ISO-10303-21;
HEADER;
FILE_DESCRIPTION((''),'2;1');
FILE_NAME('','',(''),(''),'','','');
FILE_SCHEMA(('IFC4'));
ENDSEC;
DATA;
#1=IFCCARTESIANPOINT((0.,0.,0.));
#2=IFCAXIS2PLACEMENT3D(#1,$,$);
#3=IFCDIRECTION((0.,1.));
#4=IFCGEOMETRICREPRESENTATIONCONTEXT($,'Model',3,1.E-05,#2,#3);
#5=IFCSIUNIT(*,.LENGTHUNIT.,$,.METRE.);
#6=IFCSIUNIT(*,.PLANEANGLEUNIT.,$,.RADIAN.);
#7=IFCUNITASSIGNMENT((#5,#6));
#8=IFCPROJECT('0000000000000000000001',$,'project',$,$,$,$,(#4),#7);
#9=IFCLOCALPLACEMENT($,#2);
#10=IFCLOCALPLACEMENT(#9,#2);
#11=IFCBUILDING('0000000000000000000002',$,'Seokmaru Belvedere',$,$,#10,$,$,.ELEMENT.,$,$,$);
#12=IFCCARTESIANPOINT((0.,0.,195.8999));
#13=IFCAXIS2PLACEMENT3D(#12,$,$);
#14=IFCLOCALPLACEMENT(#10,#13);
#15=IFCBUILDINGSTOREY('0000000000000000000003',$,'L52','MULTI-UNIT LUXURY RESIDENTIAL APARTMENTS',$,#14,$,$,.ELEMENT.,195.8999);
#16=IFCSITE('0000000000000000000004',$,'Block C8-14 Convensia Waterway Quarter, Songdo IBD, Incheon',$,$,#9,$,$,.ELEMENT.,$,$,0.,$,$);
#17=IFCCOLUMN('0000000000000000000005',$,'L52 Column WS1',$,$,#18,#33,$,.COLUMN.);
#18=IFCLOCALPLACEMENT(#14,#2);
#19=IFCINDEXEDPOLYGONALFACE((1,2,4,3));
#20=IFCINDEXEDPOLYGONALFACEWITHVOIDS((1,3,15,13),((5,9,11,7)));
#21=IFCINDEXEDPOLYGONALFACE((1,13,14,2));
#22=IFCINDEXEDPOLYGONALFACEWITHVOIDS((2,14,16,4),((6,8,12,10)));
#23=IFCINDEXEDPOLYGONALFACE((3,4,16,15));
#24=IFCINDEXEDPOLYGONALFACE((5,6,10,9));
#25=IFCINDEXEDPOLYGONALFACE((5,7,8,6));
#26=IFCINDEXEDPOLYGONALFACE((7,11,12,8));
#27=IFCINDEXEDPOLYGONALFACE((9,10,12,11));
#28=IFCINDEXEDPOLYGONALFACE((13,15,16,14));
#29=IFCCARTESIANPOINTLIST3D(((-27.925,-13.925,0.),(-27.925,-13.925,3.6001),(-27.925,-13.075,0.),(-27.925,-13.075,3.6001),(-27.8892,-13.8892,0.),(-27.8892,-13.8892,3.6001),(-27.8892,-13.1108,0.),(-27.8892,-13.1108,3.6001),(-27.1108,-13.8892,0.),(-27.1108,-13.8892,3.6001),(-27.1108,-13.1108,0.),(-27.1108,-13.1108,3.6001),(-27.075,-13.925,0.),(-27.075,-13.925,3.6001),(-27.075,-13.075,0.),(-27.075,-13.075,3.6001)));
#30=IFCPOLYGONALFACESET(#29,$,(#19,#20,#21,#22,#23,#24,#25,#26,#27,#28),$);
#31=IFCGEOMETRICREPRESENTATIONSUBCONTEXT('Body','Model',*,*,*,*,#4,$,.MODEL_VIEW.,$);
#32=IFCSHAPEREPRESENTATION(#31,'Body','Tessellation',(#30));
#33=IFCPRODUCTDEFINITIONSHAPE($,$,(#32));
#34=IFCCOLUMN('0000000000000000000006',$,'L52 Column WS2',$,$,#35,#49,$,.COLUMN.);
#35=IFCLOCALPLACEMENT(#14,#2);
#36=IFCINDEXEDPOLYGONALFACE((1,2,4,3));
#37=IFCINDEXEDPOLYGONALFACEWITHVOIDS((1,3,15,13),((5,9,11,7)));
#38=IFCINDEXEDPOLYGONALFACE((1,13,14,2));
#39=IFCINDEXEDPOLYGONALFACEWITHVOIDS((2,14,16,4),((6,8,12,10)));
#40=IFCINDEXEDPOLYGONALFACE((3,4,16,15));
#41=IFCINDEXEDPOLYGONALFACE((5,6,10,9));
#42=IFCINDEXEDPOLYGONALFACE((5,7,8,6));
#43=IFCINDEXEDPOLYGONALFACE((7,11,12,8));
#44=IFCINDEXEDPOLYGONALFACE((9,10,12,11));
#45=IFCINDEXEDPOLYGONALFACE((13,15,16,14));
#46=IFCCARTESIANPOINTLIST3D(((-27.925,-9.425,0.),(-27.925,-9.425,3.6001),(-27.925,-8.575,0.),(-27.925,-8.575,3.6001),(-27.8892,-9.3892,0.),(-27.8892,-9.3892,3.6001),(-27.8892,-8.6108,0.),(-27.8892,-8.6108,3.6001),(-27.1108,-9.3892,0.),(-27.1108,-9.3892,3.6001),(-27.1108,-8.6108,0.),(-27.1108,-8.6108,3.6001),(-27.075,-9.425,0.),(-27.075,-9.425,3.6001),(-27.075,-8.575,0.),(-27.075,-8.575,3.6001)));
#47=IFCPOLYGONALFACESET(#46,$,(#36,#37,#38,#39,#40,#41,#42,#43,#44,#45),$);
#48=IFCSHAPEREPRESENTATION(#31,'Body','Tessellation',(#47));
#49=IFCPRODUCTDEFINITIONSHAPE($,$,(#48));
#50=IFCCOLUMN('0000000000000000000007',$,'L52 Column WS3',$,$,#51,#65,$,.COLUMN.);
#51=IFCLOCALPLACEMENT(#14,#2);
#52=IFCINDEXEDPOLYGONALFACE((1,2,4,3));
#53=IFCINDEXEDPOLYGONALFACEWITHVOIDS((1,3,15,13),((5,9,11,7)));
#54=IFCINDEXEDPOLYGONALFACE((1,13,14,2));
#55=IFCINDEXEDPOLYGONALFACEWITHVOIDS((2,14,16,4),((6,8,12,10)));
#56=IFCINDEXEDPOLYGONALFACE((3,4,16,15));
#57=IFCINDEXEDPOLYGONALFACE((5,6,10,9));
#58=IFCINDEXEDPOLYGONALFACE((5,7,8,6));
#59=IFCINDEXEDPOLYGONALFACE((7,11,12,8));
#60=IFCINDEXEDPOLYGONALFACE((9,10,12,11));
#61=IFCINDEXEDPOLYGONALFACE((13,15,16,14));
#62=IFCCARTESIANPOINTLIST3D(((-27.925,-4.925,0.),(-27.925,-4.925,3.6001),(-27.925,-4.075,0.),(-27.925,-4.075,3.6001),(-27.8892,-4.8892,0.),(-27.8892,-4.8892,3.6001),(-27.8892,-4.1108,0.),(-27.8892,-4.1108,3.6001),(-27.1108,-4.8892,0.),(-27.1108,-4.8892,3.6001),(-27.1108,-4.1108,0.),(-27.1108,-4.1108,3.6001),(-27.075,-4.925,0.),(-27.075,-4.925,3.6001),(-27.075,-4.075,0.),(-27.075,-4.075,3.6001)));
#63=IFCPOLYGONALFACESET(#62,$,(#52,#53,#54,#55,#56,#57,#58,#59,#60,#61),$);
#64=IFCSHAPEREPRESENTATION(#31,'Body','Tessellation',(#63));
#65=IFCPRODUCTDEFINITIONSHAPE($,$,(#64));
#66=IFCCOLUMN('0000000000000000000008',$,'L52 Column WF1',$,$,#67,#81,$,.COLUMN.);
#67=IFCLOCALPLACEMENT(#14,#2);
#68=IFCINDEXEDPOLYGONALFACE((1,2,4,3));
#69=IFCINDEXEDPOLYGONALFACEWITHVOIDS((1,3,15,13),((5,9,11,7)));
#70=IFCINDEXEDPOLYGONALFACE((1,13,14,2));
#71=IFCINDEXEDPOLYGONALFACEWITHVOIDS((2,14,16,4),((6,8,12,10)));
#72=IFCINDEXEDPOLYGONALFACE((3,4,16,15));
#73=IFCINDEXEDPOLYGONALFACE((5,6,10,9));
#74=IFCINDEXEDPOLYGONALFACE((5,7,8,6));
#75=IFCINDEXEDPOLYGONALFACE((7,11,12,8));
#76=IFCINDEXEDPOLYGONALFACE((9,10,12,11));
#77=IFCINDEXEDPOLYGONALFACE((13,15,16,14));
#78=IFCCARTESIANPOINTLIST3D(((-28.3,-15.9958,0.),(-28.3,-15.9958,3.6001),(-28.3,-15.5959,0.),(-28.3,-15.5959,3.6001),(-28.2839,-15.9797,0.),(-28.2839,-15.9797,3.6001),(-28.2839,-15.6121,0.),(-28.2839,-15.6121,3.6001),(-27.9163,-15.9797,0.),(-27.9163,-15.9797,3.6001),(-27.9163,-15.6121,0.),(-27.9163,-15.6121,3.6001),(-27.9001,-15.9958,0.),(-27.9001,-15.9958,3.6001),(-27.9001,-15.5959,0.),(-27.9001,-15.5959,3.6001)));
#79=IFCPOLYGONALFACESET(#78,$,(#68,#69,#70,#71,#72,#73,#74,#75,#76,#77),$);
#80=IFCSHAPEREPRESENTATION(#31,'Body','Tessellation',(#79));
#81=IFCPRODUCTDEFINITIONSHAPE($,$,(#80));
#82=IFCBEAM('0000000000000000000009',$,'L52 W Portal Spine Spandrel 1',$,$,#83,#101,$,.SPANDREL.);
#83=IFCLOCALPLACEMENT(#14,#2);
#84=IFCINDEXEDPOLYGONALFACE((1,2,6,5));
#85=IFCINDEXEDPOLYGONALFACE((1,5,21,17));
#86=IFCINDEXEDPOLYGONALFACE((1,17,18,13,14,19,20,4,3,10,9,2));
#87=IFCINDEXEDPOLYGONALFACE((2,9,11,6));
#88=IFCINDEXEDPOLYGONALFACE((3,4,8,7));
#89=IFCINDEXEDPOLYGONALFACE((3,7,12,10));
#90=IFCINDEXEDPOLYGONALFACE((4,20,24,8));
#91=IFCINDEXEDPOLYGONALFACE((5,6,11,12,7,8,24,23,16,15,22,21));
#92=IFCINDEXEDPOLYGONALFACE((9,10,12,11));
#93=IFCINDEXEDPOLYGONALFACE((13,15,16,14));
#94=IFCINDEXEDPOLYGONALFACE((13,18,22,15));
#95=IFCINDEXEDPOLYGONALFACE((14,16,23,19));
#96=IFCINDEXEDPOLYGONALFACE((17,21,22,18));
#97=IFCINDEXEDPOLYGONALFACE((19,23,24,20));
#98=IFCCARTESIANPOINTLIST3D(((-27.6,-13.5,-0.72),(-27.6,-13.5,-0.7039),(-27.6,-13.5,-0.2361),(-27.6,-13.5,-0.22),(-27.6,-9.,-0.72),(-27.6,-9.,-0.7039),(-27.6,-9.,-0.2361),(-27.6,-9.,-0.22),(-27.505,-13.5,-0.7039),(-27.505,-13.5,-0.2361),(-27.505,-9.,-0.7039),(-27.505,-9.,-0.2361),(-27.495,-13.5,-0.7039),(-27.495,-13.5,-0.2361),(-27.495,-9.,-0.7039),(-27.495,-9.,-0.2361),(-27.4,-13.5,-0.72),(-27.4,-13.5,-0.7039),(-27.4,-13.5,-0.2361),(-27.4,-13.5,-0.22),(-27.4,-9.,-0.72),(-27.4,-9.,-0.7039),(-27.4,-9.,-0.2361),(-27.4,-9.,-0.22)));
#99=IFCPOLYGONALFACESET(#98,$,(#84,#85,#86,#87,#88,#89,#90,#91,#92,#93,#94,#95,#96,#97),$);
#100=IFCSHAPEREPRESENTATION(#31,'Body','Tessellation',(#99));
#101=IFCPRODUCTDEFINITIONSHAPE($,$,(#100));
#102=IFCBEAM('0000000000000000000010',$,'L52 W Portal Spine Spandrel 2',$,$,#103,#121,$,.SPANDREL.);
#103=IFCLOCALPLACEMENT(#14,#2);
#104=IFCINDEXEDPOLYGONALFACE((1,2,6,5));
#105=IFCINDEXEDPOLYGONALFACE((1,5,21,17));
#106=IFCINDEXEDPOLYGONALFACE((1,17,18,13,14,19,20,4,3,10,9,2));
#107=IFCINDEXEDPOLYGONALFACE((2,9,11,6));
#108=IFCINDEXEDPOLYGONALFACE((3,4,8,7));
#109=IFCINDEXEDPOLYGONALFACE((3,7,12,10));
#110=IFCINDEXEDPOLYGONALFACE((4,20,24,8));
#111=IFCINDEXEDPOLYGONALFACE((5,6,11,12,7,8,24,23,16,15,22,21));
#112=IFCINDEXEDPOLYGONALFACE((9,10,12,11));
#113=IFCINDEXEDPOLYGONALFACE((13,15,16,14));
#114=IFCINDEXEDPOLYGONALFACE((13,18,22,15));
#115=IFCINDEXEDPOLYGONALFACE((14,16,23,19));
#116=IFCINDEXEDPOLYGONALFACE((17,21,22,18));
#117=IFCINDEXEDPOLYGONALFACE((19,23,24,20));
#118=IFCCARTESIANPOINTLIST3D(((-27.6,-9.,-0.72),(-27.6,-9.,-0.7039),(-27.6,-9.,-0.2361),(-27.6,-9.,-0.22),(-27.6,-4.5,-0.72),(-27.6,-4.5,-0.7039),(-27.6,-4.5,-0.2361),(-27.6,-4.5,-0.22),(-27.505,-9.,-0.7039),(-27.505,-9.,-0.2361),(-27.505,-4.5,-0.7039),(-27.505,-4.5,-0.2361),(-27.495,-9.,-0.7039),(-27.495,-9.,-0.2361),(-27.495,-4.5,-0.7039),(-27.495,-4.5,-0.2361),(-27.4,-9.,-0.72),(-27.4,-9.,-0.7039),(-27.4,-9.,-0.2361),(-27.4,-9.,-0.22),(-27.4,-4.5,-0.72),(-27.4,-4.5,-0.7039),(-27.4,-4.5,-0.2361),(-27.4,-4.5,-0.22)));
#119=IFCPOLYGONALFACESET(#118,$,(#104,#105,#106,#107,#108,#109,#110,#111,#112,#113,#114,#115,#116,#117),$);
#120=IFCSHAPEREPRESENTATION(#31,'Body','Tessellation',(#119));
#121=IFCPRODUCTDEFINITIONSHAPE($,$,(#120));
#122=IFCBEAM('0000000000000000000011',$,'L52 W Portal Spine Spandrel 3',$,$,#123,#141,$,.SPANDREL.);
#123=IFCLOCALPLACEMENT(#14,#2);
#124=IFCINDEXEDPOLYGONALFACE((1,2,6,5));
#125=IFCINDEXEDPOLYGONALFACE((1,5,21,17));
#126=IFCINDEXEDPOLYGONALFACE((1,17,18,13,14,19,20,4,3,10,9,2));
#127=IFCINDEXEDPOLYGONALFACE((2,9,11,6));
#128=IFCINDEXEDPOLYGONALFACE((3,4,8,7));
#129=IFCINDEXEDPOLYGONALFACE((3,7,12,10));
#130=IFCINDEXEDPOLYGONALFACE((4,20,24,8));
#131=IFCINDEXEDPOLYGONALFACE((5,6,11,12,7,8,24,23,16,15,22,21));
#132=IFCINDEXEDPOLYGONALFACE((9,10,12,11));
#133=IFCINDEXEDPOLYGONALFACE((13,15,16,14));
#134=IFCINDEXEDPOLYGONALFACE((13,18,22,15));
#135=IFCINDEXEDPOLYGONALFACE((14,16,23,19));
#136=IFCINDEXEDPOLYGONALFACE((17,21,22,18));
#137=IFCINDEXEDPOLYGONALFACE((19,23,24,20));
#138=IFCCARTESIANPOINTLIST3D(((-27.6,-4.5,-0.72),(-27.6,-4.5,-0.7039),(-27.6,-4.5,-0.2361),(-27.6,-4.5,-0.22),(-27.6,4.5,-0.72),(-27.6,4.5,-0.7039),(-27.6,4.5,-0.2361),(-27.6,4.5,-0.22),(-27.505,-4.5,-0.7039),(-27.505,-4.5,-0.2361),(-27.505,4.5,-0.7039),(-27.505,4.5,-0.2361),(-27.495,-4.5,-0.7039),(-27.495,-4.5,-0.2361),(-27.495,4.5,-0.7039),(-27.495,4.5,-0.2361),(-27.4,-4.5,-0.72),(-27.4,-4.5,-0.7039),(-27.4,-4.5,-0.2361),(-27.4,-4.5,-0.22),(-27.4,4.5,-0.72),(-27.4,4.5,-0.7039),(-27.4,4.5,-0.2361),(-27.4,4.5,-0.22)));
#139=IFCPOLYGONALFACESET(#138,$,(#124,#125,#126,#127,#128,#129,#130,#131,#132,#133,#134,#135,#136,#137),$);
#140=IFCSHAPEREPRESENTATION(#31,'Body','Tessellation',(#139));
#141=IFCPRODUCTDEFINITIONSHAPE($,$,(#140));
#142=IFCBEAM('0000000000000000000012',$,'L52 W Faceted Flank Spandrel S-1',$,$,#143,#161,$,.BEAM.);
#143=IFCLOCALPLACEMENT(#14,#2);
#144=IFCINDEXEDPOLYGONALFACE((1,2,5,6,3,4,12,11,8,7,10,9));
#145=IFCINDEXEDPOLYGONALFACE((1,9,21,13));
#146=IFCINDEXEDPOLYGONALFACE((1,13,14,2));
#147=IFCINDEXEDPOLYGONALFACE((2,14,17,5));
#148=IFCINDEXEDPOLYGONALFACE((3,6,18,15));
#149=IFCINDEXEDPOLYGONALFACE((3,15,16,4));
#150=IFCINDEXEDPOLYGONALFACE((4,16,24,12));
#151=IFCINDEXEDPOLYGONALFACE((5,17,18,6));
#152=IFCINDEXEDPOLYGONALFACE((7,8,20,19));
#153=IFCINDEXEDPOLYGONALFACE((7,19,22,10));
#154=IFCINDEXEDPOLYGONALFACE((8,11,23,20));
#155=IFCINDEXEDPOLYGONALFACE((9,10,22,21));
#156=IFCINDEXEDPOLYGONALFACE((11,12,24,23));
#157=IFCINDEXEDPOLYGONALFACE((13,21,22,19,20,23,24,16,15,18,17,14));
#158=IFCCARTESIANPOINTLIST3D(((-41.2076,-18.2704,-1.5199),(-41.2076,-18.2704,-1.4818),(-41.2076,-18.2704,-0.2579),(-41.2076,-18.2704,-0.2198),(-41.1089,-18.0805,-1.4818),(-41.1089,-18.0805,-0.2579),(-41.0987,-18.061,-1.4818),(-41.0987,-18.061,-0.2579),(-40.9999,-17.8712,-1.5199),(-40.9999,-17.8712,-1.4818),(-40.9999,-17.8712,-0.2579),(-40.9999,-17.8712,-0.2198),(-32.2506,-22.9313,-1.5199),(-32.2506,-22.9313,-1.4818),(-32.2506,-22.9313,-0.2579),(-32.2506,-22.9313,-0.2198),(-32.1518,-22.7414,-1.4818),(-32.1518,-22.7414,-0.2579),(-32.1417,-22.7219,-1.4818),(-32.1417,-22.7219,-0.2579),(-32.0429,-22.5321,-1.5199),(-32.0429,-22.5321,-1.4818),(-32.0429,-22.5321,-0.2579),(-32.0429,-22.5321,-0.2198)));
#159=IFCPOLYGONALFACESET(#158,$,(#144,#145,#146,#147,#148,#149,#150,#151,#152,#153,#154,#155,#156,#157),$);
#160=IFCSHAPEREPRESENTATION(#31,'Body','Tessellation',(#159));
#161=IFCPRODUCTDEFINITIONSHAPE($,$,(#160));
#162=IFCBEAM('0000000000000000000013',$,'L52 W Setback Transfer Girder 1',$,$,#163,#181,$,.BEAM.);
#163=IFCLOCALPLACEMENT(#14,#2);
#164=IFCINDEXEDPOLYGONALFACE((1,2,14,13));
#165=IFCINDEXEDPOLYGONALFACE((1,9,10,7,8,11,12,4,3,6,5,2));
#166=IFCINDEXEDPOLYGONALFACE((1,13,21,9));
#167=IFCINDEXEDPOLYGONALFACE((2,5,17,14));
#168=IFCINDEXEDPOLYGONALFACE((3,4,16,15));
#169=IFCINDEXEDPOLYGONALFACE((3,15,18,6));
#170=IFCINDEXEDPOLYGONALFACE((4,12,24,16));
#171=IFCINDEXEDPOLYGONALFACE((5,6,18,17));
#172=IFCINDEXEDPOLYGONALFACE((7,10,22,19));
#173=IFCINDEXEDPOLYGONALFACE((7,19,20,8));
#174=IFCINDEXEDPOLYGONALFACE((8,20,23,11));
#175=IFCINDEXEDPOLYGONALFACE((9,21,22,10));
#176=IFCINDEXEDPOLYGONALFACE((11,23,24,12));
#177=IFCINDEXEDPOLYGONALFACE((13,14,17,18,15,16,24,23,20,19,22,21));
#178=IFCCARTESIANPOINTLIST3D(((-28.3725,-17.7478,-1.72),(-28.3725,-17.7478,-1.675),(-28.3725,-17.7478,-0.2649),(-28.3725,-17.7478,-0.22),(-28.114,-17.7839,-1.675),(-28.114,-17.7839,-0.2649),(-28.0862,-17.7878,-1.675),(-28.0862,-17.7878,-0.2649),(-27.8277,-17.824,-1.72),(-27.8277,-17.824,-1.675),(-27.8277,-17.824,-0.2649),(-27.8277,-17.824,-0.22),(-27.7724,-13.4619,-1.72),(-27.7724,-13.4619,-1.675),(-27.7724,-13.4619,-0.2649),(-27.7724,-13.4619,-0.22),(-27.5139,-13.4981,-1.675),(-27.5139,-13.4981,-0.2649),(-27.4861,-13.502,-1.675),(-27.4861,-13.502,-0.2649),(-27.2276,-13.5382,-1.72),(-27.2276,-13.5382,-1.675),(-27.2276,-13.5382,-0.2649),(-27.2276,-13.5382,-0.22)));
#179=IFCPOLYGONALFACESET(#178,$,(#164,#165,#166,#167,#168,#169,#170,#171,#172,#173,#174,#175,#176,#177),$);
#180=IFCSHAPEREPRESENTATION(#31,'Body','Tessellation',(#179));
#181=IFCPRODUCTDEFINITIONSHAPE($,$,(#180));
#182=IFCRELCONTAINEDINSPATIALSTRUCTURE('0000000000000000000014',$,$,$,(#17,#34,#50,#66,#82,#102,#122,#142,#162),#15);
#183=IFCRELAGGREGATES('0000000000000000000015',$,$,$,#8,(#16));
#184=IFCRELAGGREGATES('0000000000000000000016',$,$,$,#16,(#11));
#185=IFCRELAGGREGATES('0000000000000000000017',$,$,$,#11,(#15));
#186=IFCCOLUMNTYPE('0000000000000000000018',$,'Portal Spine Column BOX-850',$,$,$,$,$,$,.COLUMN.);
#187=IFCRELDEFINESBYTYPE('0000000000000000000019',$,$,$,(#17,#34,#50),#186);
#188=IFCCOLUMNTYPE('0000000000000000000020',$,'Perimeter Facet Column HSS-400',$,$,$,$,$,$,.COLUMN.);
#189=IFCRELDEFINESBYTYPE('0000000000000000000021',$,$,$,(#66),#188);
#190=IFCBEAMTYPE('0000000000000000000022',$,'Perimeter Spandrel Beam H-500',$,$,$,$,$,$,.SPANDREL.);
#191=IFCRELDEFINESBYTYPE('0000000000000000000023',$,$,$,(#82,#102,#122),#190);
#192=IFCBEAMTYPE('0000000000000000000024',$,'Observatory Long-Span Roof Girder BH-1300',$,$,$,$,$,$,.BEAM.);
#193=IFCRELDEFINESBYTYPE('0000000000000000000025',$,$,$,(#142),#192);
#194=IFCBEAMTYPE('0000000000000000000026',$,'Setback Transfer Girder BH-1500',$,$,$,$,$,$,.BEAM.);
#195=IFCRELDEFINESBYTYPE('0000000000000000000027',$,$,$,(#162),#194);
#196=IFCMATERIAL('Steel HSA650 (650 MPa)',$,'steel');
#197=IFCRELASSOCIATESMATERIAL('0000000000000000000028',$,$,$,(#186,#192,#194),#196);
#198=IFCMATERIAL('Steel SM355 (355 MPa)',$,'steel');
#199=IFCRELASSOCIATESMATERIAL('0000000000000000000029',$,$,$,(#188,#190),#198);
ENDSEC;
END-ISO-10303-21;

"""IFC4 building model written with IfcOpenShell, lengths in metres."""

from ifc_helpers import new_model, si_unit, direction, frame, origin, origin_2d, place, context, subcontext, project, spatial, hollow_rectangle, i_section, extrude, source, transform, mapped, material, material_profile, profile_set, type_object, type_shapes, element, save


model = new_model("IFC4")

# Units and contexts
model_context = context("Model", 3, precision=1e-05, world=origin(), true_north=direction((0.0, 1.0)))
body_context = subcontext(model_context, "Body", "Model", "MODEL_VIEW")
ifc_project = project(units=[si_unit("LENGTHUNIT", "METRE"), si_unit("PLANEANGLEUNIT", "RADIAN")], contexts=[model_context])

# Site, building, storey
site_placement = place(None, origin())
site = spatial("IfcSite", under=ifc_project, at=site_placement, Name="Block C8-14 Convensia Waterway Quarter, Songdo IBD, Incheon", CompositionType="ELEMENT", RefElevation=0.0)
building_placement = place(site_placement, origin())
building = spatial("IfcBuilding", under=site, at=building_placement, Name="Seokmaru Belvedere", CompositionType="ELEMENT")
storey_placement = place(building_placement, frame((0.0, 0.0, 195.8999)))
storey = spatial("IfcBuildingStorey", under=building, at=storey_placement, Name="L52", Description="MULTI-UNIT LUXURY RESIDENTIAL APARTMENTS", CompositionType="ELEMENT", Elevation=195.8999)

# Columns
ifc_material_1 = material(Name="Steel HSA650 (650 MPa)", Category="steel")
ifc_material_profile_1 = material_profile(ifc_material_1, hollow_rectangle(XDim=0.8501, YDim=0.8501, WallThickness=0.0359, at=origin_2d()), Name="BOX-850x850x36")
ifc_profile_set_1 = profile_set([ifc_material_profile_1], Name="Steel HSA650 (650 MPa)")
column_type_1 = type_object("IfcColumnType", Name="Portal Spine Column BOX-850", PredefinedType="COLUMN", material=ifc_profile_set_1)
shared_shape_1 = source(origin(), body_context, "Body", "SweptSolid", [
    extrude(hollow_rectangle(XDim=0.8501, YDim=0.8501, WallThickness=0.0359, at=origin_2d()), origin(), (0.0, 0.0, 1.0), 3.6001),
])
type_shapes(column_type_1, [shared_shape_1])
for number, where, z_axis, x_axis, name in (
    (1, (-27.5, -13.5, 0.0), (0.0, 0.0, 1.0), (1.0, 0.0, 0.0), "L52 Column WS1"),
    (2, (-27.5, -9.0, 0.0), (0.0, 0.0, 1.0), (1.0, 0.0, 0.0), "L52 Column WS2"),
    (3, (-27.5, -4.5, 0.0), (0.0, 0.0, 1.0), (1.0, 0.0, 0.0), "L52 Column WS3"),
):
    element("IfcColumn", number, at=place(storey_placement, frame(where, z_axis=z_axis, x_axis=x_axis)), inside=storey, type_object=column_type_1, Name=name, PredefinedType="COLUMN", context=body_context, shape_type="MappedRepresentation", body=[
        mapped(shared_shape_1, transform((0.0, 0.0, 0.0), scale=1.0)),
    ])
ifc_material_2 = material(Name="Steel SM355 (355 MPa)", Category="steel")
ifc_material_profile_2 = material_profile(ifc_material_2, hollow_rectangle(XDim=0.3999, YDim=0.3999, WallThickness=0.0161, at=origin_2d()), Name="HSS-400x400x16")
ifc_profile_set_2 = profile_set([ifc_material_profile_2], Name="Steel SM355 (355 MPa)")
column_type_2 = type_object("IfcColumnType", Name="Perimeter Facet Column HSS-400", PredefinedType="COLUMN", material=ifc_profile_set_2)
shared_shape_2 = source(origin(), body_context, "Body", "SweptSolid", [
    extrude(hollow_rectangle(XDim=0.3999, YDim=0.3999, WallThickness=0.0161, at=origin_2d()), origin(), (0.0, 0.0, 1.0), 3.6001),
])
type_shapes(column_type_2, [shared_shape_2])
column_placement = place(storey_placement, frame((-28.1001, -15.7959, 0.0), z_axis=(0.0, 0.0, 1.0), x_axis=(1.0, 0.0, 0.0)))
element("IfcColumn", 4, at=column_placement, inside=storey, type_object=column_type_2, Name="L52 Column WF1", PredefinedType="COLUMN", context=body_context, shape_type="MappedRepresentation", body=[
    mapped(shared_shape_2, transform((0.0, 0.0, 0.0), scale=1.0)),
])

# Beams
ifc_material_profile_3 = material_profile(ifc_material_2, i_section(OverallWidth=0.2, OverallDepth=0.5, WebThickness=0.01, FlangeThickness=0.0161, at=origin_2d()), Name="H-500x200x10x16")
ifc_profile_set_3 = profile_set([ifc_material_profile_3], Name="Steel SM355 (355 MPa)")
beam_type_1 = type_object("IfcBeamType", Name="Perimeter Spandrel Beam H-500", PredefinedType="SPANDREL", material=ifc_profile_set_3)
shared_shape_3 = source(origin(), body_context, "Body", "SweptSolid", [
    extrude(i_section(OverallWidth=0.2, OverallDepth=0.5, WebThickness=0.01, FlangeThickness=0.0161, at=origin_2d()), origin(), (0.0, 0.0, 1.0), 4.5),
])
for number, where, z_axis, x_axis, name in (
    (5, (-27.5, -13.5, -0.47), (0.0, 1.0, 0.0), (-1.0, 0.0, 0.0), "L52 W Portal Spine Spandrel 1"),
    (6, (-27.5, -9.0, -0.47), (0.0, 1.0, 0.0), (-1.0, 0.0, 0.0), "L52 W Portal Spine Spandrel 2"),
):
    element("IfcBeam", number, at=place(storey_placement, frame(where, z_axis=z_axis, x_axis=x_axis)), inside=storey, type_object=beam_type_1, Name=name, PredefinedType="SPANDREL", context=body_context, shape_type="MappedRepresentation", body=[
        mapped(shared_shape_3, transform((0.0, 0.0, 0.0), scale=1.0)),
    ])
shared_shape_4 = source(origin(), body_context, "Body", "SweptSolid", [
    extrude(i_section(OverallWidth=0.2, OverallDepth=0.5, WebThickness=0.01, FlangeThickness=0.0161, at=origin_2d()), origin(), (0.0, 0.0, 1.0), 9.0),
])
type_shapes(beam_type_1, [shared_shape_3, shared_shape_4])
beam_1_placement = place(storey_placement, frame((-27.5, -4.5, -0.47), z_axis=(0.0, 1.0, 0.0), x_axis=(-1.0, 0.0, 0.0)))
element("IfcBeam", 7, at=beam_1_placement, inside=storey, type_object=beam_type_1, Name="L52 W Portal Spine Spandrel 3", PredefinedType="SPANDREL", context=body_context, shape_type="MappedRepresentation", body=[
    mapped(shared_shape_4, transform((0.0, 0.0, 0.0), scale=1.0)),
])
ifc_material_profile_4 = material_profile(ifc_material_1, i_section(OverallWidth=0.45, OverallDepth=1.3, WebThickness=0.022, FlangeThickness=0.0381, at=origin_2d()), Name="BH-1300x450x22x38")
ifc_profile_set_4 = profile_set([ifc_material_profile_4], Name="Steel HSA650 (650 MPa)")
beam_type_2 = type_object("IfcBeamType", Name="Observatory Long-Span Roof Girder BH-1300", PredefinedType="BEAM", material=ifc_profile_set_4)
shared_shape_5 = source(origin(), body_context, "Body", "SweptSolid", [
    extrude(i_section(OverallWidth=0.45, OverallDepth=1.3, WebThickness=0.022, FlangeThickness=0.0381, at=origin_2d()), origin(), (0.0, 0.0, 1.0), 10.0972),
])
type_shapes(beam_type_2, [shared_shape_5])
beam_2_placement = place(storey_placement, frame((-32.1467, -22.7317, -0.8699), z_axis=(-0.887086, 0.461605, 0.0), x_axis=(-0.461605, -0.887086, 0.0)))
element("IfcBeam", 8, at=beam_2_placement, inside=storey, type_object=beam_type_2, Name="L52 W Faceted Flank Spandrel S-1", PredefinedType="BEAM", context=body_context, shape_type="MappedRepresentation", body=[
    mapped(shared_shape_5, transform((0.0, 0.0, 0.0), scale=1.0)),
])
ifc_material_profile_5 = material_profile(ifc_material_1, i_section(OverallWidth=0.55, OverallDepth=1.5, WebThickness=0.0281, FlangeThickness=0.0449, at=origin_2d()), Name="BH-1500x550x28x45")
ifc_profile_set_5 = profile_set([ifc_material_profile_5], Name="Steel HSA650 (650 MPa)")
beam_type_3 = type_object("IfcBeamType", Name="Setback Transfer Girder BH-1500", PredefinedType="BEAM", material=ifc_profile_set_5)
shared_shape_6 = source(origin(), body_context, "Body", "SweptSolid", [
    extrude(i_section(OverallWidth=0.55, OverallDepth=1.5, WebThickness=0.0281, FlangeThickness=0.0449, at=origin_2d()), origin(), (0.0, 0.0, 1.0), 4.3276),
])
beam_3_placement = place(storey_placement, frame((-28.1001, -17.7859, -0.97), z_axis=(0.138664, 0.990339, 0.0), x_axis=(-0.990339, 0.138664, 0.0)))
element("IfcBeam", 9, at=beam_3_placement, inside=storey, type_object=beam_type_3, Name="L52 W Setback Transfer Girder 1", PredefinedType="BEAM", context=body_context, shape_type="MappedRepresentation", body=[
    mapped(shared_shape_6, transform((0.0, 0.0, 0.0), scale=1.0)),
])

save(model, "model.ifc")
